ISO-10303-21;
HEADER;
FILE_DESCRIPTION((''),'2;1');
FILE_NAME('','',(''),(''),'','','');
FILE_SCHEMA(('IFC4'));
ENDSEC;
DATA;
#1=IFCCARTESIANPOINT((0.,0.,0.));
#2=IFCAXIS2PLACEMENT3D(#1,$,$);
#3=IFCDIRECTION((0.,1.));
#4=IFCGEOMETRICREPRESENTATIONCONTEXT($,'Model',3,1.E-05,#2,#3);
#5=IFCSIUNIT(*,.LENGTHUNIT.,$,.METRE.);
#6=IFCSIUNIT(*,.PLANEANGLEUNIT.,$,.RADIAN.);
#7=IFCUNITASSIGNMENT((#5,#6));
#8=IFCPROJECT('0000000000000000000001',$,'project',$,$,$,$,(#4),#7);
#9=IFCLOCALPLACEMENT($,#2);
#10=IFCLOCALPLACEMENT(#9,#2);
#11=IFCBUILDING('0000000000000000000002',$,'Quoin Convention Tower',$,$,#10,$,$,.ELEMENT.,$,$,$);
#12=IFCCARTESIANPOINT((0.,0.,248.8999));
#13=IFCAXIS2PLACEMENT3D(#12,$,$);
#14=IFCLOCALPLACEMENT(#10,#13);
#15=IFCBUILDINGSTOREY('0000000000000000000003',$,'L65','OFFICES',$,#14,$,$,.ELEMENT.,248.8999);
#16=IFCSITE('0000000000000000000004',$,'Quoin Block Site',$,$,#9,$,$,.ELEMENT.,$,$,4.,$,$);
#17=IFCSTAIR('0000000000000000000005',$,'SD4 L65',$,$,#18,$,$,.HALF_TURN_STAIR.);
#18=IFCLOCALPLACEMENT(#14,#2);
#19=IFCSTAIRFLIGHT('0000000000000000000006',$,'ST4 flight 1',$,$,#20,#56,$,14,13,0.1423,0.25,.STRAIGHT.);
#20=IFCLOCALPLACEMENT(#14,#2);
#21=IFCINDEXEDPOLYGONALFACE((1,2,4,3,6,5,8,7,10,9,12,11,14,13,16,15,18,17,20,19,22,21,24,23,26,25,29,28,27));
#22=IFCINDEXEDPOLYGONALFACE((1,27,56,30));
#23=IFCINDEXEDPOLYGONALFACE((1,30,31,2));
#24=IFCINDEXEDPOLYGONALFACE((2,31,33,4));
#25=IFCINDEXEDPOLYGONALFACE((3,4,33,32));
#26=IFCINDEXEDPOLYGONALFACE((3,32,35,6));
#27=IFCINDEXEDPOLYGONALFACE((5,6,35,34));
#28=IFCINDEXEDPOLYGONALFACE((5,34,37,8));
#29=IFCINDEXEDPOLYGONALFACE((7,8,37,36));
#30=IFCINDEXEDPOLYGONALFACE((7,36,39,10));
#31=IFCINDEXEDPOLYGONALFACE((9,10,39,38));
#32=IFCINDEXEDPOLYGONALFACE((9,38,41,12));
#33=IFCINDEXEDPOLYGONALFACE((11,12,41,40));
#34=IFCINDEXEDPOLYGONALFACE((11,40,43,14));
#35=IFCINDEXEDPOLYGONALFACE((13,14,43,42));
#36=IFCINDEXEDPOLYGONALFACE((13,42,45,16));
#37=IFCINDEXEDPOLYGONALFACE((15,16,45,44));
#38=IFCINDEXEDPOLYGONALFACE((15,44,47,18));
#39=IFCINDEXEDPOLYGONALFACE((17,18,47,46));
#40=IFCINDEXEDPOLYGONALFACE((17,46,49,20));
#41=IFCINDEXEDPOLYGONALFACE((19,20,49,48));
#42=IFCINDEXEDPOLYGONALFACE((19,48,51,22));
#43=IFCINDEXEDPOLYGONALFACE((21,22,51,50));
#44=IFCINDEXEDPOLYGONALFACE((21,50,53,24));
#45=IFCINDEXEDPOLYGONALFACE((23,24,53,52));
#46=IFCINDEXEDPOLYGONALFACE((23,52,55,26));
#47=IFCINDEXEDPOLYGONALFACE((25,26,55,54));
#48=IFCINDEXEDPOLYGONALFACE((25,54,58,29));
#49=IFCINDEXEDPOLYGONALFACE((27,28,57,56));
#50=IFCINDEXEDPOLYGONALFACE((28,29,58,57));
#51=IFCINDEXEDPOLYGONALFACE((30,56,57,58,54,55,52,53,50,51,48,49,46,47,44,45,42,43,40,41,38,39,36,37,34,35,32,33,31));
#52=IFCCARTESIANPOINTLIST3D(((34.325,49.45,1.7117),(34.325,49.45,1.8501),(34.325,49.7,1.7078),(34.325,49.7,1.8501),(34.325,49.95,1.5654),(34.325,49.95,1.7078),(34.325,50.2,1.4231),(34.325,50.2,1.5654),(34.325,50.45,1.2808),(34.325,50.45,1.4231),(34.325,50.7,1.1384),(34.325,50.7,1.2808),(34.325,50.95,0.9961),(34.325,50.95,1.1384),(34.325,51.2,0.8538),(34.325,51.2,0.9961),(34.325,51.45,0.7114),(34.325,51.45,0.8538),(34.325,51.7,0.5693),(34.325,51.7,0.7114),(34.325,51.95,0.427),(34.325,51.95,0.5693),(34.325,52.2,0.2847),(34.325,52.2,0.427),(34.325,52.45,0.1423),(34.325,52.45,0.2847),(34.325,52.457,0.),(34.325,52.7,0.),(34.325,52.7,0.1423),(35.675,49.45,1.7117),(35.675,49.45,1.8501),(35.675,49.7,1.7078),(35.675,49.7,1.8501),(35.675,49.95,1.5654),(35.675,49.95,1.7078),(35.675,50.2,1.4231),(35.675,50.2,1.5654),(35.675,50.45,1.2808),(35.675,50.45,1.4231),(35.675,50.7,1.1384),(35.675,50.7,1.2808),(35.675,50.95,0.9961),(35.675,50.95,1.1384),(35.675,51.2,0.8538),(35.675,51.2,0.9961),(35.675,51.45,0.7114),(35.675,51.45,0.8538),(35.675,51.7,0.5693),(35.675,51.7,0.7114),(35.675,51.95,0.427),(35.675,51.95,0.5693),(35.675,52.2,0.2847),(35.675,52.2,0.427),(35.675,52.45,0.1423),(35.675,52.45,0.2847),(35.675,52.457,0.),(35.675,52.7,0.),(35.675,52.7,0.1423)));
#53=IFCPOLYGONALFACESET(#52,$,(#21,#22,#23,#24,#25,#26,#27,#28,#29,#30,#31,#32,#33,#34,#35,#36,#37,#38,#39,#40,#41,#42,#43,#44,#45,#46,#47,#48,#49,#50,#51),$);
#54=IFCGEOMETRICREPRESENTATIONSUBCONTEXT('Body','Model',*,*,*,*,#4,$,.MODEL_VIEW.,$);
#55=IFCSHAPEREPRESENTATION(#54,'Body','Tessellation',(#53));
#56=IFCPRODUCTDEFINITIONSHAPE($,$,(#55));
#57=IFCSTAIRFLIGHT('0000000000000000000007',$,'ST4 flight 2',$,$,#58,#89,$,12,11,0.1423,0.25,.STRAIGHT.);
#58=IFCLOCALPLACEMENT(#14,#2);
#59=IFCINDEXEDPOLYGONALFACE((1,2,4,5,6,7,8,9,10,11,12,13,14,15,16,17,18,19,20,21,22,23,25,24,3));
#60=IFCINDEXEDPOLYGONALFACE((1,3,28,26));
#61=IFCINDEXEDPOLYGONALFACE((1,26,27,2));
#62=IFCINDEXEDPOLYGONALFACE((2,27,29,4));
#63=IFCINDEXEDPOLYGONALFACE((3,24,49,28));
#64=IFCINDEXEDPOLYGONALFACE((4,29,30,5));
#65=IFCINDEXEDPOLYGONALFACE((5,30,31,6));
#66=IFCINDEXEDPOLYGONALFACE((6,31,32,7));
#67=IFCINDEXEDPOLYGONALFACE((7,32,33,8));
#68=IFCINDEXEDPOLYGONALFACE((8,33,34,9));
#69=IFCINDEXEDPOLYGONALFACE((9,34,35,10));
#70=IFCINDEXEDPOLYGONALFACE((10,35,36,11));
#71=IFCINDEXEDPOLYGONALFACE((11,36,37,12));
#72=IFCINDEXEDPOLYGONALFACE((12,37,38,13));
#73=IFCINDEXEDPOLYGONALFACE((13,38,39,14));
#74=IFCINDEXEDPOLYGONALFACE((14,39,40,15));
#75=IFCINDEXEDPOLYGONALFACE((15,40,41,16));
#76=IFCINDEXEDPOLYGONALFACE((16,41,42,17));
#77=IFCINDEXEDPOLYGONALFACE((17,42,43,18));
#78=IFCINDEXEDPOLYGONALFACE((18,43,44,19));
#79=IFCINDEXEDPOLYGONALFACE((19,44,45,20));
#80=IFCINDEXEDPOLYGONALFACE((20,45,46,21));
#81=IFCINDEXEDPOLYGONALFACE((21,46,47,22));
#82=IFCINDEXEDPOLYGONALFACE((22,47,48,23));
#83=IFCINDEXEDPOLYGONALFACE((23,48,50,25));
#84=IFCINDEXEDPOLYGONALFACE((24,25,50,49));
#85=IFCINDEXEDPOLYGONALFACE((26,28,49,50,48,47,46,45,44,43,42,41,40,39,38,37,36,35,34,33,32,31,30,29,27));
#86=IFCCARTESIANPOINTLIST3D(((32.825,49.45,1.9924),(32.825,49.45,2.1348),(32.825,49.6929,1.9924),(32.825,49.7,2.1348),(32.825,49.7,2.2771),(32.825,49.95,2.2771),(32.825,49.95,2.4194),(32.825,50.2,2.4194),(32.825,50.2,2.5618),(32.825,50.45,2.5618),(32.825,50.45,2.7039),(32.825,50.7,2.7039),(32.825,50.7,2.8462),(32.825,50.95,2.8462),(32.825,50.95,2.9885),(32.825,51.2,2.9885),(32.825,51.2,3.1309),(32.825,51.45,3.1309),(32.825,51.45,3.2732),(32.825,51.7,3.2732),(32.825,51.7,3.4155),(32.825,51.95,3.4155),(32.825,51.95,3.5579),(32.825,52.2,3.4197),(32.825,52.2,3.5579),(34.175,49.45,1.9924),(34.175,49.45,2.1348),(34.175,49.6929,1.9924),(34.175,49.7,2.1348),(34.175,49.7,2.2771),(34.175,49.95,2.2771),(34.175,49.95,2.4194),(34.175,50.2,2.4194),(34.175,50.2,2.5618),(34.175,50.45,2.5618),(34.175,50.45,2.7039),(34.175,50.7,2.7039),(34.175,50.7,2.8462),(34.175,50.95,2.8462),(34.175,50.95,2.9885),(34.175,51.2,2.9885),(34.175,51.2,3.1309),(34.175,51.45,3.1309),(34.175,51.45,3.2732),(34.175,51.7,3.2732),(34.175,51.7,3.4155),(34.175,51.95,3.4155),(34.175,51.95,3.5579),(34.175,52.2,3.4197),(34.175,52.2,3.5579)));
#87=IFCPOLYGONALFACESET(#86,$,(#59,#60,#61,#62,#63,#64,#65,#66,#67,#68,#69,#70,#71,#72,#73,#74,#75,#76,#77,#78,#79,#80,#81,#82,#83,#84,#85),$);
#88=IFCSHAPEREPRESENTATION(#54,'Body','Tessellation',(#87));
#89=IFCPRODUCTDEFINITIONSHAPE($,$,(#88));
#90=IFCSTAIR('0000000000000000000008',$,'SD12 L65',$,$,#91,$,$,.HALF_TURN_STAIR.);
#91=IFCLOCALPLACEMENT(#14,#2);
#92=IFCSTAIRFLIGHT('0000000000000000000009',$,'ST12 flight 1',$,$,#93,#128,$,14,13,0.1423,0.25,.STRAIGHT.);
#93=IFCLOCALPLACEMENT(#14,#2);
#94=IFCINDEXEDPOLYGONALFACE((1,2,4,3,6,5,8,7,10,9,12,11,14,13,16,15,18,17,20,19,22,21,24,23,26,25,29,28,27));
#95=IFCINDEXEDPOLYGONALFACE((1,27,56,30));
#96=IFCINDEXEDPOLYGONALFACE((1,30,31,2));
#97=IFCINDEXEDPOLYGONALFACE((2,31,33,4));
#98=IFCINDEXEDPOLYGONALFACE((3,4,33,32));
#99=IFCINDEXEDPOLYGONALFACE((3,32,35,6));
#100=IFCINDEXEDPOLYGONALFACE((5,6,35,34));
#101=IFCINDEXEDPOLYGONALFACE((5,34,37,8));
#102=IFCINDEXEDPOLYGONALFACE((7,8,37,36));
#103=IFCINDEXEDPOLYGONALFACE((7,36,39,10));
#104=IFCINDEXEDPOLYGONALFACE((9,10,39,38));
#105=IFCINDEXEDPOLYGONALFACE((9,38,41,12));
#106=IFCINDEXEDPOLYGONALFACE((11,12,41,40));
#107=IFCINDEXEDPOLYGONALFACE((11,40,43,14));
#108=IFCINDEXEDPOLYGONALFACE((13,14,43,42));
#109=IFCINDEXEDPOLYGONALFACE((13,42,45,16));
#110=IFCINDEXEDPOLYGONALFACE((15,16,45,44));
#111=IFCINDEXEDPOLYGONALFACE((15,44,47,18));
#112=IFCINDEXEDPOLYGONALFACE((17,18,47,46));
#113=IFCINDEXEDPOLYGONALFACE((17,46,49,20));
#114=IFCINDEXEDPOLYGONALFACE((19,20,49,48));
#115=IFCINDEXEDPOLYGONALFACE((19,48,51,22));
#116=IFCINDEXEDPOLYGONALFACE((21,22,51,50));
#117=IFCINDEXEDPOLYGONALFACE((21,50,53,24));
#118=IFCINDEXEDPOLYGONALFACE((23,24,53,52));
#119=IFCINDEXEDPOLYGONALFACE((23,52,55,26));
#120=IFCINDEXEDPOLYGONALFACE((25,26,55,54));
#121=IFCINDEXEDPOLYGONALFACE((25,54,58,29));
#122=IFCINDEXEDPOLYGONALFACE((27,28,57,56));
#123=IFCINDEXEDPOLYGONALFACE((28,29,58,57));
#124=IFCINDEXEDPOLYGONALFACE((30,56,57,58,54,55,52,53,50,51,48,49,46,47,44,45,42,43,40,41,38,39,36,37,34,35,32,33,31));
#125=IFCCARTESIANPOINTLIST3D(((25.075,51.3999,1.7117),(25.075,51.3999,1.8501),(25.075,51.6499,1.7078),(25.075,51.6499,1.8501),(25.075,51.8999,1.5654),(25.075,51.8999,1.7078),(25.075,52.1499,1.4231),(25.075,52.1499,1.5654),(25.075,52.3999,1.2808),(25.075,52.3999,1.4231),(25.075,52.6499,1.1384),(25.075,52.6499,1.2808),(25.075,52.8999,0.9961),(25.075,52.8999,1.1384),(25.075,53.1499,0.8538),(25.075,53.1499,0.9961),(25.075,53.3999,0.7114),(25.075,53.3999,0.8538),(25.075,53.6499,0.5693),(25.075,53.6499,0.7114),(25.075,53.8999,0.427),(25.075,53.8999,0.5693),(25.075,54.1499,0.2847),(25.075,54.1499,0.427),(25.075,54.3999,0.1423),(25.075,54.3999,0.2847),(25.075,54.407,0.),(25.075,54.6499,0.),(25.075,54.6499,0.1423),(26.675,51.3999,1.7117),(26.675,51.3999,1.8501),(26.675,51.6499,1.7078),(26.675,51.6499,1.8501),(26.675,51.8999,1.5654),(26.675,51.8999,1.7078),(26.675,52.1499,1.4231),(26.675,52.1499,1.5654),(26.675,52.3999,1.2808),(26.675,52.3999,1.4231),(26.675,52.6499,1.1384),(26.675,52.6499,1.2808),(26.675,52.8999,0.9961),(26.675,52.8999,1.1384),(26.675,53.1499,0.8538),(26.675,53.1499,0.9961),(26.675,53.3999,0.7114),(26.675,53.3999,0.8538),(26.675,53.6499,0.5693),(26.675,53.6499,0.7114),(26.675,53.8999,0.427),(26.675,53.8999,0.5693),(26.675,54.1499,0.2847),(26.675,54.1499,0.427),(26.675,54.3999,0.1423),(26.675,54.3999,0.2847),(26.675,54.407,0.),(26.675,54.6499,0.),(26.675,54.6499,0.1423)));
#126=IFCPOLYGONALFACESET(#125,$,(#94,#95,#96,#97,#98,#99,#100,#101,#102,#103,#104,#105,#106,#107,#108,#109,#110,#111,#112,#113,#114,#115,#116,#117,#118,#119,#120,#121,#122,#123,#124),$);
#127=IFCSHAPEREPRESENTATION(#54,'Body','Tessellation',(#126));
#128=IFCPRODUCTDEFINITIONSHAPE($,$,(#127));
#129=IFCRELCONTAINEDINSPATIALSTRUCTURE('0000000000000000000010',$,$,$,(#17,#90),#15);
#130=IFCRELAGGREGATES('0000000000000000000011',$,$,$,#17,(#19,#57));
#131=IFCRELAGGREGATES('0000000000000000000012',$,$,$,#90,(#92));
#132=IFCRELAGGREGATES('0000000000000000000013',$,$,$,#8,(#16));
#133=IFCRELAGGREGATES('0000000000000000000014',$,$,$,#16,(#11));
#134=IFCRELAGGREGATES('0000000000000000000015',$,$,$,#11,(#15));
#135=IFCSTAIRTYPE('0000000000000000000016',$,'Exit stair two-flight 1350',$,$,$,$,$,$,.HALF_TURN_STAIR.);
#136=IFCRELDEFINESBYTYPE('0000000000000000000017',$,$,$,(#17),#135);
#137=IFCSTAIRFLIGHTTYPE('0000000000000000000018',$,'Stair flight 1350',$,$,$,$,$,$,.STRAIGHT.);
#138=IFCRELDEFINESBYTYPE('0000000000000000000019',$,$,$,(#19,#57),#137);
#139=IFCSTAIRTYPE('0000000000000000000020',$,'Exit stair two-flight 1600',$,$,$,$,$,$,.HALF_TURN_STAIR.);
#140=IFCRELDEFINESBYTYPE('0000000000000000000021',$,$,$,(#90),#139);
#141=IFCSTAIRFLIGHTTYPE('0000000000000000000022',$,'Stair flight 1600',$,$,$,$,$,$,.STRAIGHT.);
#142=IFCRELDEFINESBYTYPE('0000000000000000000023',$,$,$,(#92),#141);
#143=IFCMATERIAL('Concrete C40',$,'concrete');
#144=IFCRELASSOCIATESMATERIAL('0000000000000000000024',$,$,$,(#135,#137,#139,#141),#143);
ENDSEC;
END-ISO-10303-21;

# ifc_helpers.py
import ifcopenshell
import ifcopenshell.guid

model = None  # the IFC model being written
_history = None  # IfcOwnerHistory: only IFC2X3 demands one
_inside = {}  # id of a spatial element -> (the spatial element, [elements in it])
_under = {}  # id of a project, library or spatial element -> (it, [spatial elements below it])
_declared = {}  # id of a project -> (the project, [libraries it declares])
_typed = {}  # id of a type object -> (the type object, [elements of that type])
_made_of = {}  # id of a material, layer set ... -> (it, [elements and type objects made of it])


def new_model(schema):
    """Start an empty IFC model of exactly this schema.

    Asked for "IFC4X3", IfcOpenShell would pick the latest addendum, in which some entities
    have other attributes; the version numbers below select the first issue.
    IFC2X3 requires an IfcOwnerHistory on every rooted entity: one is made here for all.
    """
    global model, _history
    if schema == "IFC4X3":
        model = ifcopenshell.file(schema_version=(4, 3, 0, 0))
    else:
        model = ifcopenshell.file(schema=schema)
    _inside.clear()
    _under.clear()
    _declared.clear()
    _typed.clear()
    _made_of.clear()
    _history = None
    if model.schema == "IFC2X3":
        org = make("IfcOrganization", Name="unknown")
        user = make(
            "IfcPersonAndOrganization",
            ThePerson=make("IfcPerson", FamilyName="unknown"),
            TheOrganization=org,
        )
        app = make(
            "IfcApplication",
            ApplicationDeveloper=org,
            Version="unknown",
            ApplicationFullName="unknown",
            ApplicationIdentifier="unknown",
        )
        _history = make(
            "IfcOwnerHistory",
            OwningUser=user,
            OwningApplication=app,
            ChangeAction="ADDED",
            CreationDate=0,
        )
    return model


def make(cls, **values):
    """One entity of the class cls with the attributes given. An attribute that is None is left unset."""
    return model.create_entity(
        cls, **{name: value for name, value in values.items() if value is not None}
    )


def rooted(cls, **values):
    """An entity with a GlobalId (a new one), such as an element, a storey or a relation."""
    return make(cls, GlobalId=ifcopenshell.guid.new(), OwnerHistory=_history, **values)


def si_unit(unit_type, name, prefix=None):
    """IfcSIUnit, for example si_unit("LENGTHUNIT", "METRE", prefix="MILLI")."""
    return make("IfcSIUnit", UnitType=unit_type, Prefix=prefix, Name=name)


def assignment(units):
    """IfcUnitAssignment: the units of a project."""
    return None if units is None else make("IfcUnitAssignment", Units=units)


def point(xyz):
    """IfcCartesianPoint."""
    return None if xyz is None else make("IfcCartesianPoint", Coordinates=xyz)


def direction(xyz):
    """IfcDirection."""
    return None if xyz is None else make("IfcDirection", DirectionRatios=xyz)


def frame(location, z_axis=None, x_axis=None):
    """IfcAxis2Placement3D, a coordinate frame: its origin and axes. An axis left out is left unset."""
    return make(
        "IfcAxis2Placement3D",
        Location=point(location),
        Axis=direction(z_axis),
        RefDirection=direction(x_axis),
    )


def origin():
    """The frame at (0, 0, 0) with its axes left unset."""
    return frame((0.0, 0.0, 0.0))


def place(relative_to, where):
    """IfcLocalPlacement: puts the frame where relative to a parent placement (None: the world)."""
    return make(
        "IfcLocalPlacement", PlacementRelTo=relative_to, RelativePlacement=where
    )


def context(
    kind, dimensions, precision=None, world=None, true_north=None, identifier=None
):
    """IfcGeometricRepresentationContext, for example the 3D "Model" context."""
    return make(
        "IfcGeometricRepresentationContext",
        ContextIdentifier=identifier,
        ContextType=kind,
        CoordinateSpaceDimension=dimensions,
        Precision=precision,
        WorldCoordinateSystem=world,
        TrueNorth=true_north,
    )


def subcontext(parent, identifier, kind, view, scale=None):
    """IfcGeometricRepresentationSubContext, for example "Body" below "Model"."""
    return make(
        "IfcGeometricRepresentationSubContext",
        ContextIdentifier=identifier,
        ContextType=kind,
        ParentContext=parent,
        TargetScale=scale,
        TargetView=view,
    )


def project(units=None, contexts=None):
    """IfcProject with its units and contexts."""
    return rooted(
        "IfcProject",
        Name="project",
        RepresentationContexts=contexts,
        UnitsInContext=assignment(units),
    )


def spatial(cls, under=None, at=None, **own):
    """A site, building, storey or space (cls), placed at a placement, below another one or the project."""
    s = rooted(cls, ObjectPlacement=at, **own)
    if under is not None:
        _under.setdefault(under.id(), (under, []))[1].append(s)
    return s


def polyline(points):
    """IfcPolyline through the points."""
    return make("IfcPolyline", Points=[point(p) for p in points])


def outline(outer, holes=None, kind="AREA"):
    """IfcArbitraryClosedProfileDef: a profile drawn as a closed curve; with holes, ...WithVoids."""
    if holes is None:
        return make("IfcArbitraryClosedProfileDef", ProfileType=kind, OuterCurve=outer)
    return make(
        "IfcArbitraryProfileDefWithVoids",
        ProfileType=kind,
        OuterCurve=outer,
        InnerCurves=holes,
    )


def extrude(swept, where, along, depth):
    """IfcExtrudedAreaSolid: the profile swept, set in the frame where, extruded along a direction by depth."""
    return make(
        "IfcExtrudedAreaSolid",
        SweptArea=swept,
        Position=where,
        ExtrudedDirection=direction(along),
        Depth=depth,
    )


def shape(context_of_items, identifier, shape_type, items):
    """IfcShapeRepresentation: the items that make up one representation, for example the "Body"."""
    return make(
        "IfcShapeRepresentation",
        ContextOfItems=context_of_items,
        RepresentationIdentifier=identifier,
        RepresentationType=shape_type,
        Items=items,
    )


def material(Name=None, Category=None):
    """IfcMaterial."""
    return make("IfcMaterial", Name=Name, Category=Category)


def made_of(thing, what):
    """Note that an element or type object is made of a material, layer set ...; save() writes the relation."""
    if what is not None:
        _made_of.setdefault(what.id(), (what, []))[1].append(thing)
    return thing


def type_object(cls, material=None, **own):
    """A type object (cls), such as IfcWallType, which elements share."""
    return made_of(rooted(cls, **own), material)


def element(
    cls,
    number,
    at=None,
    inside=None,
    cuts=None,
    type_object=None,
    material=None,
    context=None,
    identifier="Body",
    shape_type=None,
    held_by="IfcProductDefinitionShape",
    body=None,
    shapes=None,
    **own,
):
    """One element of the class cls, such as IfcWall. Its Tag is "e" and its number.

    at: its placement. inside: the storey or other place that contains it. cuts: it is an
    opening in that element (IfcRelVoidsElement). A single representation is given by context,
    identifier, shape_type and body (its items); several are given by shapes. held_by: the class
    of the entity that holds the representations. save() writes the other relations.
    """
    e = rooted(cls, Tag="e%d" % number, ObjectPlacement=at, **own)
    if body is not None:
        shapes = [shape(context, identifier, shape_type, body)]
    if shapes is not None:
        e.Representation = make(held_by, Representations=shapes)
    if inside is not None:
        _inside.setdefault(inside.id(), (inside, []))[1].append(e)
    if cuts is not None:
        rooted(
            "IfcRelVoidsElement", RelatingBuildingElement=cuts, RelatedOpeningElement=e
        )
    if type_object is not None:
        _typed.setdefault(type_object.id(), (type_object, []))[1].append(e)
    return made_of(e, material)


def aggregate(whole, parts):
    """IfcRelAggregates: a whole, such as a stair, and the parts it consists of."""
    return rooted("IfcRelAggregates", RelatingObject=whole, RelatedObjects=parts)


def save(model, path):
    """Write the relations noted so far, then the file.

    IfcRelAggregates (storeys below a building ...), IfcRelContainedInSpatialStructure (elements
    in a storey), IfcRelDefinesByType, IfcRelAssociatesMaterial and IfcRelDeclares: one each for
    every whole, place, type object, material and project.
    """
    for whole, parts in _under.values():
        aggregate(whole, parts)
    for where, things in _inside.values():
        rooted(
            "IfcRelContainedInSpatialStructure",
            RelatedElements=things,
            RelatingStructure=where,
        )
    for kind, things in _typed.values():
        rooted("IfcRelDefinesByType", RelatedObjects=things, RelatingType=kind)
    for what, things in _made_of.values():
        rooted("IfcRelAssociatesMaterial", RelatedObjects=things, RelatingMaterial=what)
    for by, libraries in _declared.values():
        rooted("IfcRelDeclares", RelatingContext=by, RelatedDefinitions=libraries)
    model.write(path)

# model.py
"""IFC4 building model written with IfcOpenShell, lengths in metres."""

from ifc_helpers import new_model, si_unit, direction, frame, origin, place, context, subcontext, project, spatial, polyline, outline, extrude, material, type_object, element, aggregate, save


model = new_model("IFC4")

# Units and contexts
model_context = context("Model", 3, precision=1e-05, world=origin(), true_north=direction((0.0, 1.0)))
body_context = subcontext(model_context, "Body", "Model", "MODEL_VIEW")
ifc_project = project(units=[si_unit("LENGTHUNIT", "METRE"), si_unit("PLANEANGLEUNIT", "RADIAN")], contexts=[model_context])

# Site, building, storey
site_placement = place(None, origin())
site = spatial("IfcSite", under=ifc_project, at=site_placement, Name="Quoin Block Site", CompositionType="ELEMENT", RefElevation=4.0)
building_placement = place(site_placement, origin())
building = spatial("IfcBuilding", under=site, at=building_placement, Name="Quoin Convention Tower", CompositionType="ELEMENT")
storey_placement = place(building_placement, frame((0.0, 0.0, 248.8999)))
storey = spatial("IfcBuildingStorey", under=building, at=storey_placement, Name="L65", Description="OFFICES", CompositionType="ELEMENT", Elevation=248.8999)

# Shared definitions
ifc_material_1 = material(Name="Concrete C40", Category="concrete")
stair_type_1 = type_object("IfcStairType", Name="Exit stair two-flight 1350", PredefinedType="HALF_TURN_STAIR", material=ifc_material_1)
stair_flight_type_1 = type_object("IfcStairFlightType", Name="Stair flight 1350", PredefinedType="STRAIGHT", material=ifc_material_1)

# Stair, stair flights
stair_1_placement = place(storey_placement, origin())
stair_1 = element("IfcStair", 1, at=stair_1_placement, inside=storey, type_object=stair_type_1, Name="SD4 L65", PredefinedType="HALF_TURN_STAIR")
stair_flight_1_placement = place(storey_placement, frame((35.0, 52.7, 0.0), z_axis=(0.0, 0.0, 1.0), x_axis=(0.0, -1.0, 0.0)))
stair_flight_1 = element("IfcStairFlight", 2, at=stair_flight_1_placement, type_object=stair_flight_type_1, Name="ST4 flight 1", NumberOfRisers=14, NumberOfTreads=13, PredefinedType="STRAIGHT", RiserHeight=0.1423, TreadLength=0.25, context=body_context, shape_type="SweptSolid", body=[
    extrude(outline(polyline([(0.0, 0.0), (0.0, 0.1423), (0.25, 0.1423), (0.25, 0.2847), (0.5, 0.2847), (0.5, 0.427), (0.75, 0.427), (0.75, 0.5693), (1.0, 0.5693), (1.0, 0.7114), (1.25, 0.7114), (1.25, 0.8538), (1.5, 0.8538), (1.5, 0.9961), (1.75, 0.9961), (1.75, 1.1384), (2.0, 1.1384), (2.0, 1.2808), (2.25, 1.2808), (2.25, 1.4231), (2.5, 1.4231), (2.5, 1.5654), (2.75, 1.5654), (2.75, 1.7078), (3.0, 1.7078), (3.0, 1.8501), (3.25, 1.8501), (3.25, 1.9922), (3.25, 1.7117), (0.2429, 0.0), (0.0, 0.0)])), frame((0.0, 0.675, 0.0), z_axis=(0.0, -1.0, 0.0), x_axis=(1.0, 0.0, 0.0)), (0.0, 0.0, 1.0), 1.3501),
])
stair_flight_2_placement = place(storey_placement, frame((33.5, 49.45, 1.9924), z_axis=(0.0, 0.0, 1.0), x_axis=(0.0, 1.0, 0.0)))
stair_flight_2 = element("IfcStairFlight", 3, at=stair_flight_2_placement, type_object=stair_flight_type_1, Name="ST4 flight 2", NumberOfRisers=12, NumberOfTreads=11, PredefinedType="STRAIGHT", RiserHeight=0.1423, TreadLength=0.25, context=body_context, shape_type="SweptSolid", body=[
    extrude(outline(polyline([(0.0, 0.0), (0.0, 0.1423), (0.25, 0.1423), (0.25, 0.2847), (0.5, 0.2847), (0.5, 0.427), (0.75, 0.427), (0.75, 0.5693), (1.0, 0.5693), (1.0, 0.7114), (1.25, 0.7114), (1.25, 0.8538), (1.5, 0.8538), (1.5, 0.9961), (1.75, 0.9961), (1.75, 1.1384), (2.0, 1.1384), (2.0, 1.2808), (2.25, 1.2808), (2.25, 1.4231), (2.5, 1.4231), (2.5, 1.5654), (2.75, 1.5654), (2.75, 1.7078), (2.75, 1.4272), (0.2429, 0.0), (0.0, 0.0)])), frame((0.0, 0.675, 0.0), z_axis=(0.0, -1.0, 0.0), x_axis=(1.0, 0.0, 0.0)), (0.0, 0.0, 1.0), 1.3501),
])
aggregate(stair_1, [stair_flight_1, stair_flight_2])

# Stair, stair flight
stair_type_2 = type_object("IfcStairType", Name="Exit stair two-flight 1600", PredefinedType="HALF_TURN_STAIR", material=ifc_material_1)
stair_2_placement = place(storey_placement, origin())
stair_2 = element("IfcStair", 4, at=stair_2_placement, inside=storey, type_object=stair_type_2, Name="SD12 L65", PredefinedType="HALF_TURN_STAIR")
stair_flight_type_2 = type_object("IfcStairFlightType", Name="Stair flight 1600", PredefinedType="STRAIGHT", material=ifc_material_1)
stair_flight_3_placement = place(storey_placement, frame((25.875, 54.6499, 0.0), z_axis=(0.0, 0.0, 1.0), x_axis=(0.0, -1.0, 0.0)))
stair_flight_3 = element("IfcStairFlight", 5, at=stair_flight_3_placement, type_object=stair_flight_type_2, Name="ST12 flight 1", NumberOfRisers=14, NumberOfTreads=13, PredefinedType="STRAIGHT", RiserHeight=0.1423, TreadLength=0.25, context=body_context, shape_type="SweptSolid", body=[
    extrude(outline(polyline([(0.0, 0.0), (0.0, 0.1423), (0.25, 0.1423), (0.25, 0.2847), (0.5, 0.2847), (0.5, 0.427), (0.75, 0.427), (0.75, 0.5693), (1.0, 0.5693), (1.0, 0.7114), (1.25, 0.7114), (1.25, 0.8538), (1.5, 0.8538), (1.5, 0.9961), (1.75, 0.9961), (1.75, 1.1384), (2.0, 1.1384), (2.0, 1.2808), (2.25, 1.2808), (2.25, 1.4231), (2.5, 1.4231), (2.5, 1.5654), (2.75, 1.5654), (2.75, 1.7078), (3.0, 1.7078), (3.0, 1.8501), (3.25, 1.8501), (3.25, 1.9922), (3.25, 1.7117), (0.2429, 0.0), (0.0, 0.0)])), frame((0.0, 0.8, 0.0), z_axis=(0.0, -1.0, 0.0), x_axis=(1.0, 0.0, 0.0)), (0.0, 0.0, 1.0), 1.6001),
])
aggregate(stair_2, [stair_flight_3])

save(model, "model.ifc")
